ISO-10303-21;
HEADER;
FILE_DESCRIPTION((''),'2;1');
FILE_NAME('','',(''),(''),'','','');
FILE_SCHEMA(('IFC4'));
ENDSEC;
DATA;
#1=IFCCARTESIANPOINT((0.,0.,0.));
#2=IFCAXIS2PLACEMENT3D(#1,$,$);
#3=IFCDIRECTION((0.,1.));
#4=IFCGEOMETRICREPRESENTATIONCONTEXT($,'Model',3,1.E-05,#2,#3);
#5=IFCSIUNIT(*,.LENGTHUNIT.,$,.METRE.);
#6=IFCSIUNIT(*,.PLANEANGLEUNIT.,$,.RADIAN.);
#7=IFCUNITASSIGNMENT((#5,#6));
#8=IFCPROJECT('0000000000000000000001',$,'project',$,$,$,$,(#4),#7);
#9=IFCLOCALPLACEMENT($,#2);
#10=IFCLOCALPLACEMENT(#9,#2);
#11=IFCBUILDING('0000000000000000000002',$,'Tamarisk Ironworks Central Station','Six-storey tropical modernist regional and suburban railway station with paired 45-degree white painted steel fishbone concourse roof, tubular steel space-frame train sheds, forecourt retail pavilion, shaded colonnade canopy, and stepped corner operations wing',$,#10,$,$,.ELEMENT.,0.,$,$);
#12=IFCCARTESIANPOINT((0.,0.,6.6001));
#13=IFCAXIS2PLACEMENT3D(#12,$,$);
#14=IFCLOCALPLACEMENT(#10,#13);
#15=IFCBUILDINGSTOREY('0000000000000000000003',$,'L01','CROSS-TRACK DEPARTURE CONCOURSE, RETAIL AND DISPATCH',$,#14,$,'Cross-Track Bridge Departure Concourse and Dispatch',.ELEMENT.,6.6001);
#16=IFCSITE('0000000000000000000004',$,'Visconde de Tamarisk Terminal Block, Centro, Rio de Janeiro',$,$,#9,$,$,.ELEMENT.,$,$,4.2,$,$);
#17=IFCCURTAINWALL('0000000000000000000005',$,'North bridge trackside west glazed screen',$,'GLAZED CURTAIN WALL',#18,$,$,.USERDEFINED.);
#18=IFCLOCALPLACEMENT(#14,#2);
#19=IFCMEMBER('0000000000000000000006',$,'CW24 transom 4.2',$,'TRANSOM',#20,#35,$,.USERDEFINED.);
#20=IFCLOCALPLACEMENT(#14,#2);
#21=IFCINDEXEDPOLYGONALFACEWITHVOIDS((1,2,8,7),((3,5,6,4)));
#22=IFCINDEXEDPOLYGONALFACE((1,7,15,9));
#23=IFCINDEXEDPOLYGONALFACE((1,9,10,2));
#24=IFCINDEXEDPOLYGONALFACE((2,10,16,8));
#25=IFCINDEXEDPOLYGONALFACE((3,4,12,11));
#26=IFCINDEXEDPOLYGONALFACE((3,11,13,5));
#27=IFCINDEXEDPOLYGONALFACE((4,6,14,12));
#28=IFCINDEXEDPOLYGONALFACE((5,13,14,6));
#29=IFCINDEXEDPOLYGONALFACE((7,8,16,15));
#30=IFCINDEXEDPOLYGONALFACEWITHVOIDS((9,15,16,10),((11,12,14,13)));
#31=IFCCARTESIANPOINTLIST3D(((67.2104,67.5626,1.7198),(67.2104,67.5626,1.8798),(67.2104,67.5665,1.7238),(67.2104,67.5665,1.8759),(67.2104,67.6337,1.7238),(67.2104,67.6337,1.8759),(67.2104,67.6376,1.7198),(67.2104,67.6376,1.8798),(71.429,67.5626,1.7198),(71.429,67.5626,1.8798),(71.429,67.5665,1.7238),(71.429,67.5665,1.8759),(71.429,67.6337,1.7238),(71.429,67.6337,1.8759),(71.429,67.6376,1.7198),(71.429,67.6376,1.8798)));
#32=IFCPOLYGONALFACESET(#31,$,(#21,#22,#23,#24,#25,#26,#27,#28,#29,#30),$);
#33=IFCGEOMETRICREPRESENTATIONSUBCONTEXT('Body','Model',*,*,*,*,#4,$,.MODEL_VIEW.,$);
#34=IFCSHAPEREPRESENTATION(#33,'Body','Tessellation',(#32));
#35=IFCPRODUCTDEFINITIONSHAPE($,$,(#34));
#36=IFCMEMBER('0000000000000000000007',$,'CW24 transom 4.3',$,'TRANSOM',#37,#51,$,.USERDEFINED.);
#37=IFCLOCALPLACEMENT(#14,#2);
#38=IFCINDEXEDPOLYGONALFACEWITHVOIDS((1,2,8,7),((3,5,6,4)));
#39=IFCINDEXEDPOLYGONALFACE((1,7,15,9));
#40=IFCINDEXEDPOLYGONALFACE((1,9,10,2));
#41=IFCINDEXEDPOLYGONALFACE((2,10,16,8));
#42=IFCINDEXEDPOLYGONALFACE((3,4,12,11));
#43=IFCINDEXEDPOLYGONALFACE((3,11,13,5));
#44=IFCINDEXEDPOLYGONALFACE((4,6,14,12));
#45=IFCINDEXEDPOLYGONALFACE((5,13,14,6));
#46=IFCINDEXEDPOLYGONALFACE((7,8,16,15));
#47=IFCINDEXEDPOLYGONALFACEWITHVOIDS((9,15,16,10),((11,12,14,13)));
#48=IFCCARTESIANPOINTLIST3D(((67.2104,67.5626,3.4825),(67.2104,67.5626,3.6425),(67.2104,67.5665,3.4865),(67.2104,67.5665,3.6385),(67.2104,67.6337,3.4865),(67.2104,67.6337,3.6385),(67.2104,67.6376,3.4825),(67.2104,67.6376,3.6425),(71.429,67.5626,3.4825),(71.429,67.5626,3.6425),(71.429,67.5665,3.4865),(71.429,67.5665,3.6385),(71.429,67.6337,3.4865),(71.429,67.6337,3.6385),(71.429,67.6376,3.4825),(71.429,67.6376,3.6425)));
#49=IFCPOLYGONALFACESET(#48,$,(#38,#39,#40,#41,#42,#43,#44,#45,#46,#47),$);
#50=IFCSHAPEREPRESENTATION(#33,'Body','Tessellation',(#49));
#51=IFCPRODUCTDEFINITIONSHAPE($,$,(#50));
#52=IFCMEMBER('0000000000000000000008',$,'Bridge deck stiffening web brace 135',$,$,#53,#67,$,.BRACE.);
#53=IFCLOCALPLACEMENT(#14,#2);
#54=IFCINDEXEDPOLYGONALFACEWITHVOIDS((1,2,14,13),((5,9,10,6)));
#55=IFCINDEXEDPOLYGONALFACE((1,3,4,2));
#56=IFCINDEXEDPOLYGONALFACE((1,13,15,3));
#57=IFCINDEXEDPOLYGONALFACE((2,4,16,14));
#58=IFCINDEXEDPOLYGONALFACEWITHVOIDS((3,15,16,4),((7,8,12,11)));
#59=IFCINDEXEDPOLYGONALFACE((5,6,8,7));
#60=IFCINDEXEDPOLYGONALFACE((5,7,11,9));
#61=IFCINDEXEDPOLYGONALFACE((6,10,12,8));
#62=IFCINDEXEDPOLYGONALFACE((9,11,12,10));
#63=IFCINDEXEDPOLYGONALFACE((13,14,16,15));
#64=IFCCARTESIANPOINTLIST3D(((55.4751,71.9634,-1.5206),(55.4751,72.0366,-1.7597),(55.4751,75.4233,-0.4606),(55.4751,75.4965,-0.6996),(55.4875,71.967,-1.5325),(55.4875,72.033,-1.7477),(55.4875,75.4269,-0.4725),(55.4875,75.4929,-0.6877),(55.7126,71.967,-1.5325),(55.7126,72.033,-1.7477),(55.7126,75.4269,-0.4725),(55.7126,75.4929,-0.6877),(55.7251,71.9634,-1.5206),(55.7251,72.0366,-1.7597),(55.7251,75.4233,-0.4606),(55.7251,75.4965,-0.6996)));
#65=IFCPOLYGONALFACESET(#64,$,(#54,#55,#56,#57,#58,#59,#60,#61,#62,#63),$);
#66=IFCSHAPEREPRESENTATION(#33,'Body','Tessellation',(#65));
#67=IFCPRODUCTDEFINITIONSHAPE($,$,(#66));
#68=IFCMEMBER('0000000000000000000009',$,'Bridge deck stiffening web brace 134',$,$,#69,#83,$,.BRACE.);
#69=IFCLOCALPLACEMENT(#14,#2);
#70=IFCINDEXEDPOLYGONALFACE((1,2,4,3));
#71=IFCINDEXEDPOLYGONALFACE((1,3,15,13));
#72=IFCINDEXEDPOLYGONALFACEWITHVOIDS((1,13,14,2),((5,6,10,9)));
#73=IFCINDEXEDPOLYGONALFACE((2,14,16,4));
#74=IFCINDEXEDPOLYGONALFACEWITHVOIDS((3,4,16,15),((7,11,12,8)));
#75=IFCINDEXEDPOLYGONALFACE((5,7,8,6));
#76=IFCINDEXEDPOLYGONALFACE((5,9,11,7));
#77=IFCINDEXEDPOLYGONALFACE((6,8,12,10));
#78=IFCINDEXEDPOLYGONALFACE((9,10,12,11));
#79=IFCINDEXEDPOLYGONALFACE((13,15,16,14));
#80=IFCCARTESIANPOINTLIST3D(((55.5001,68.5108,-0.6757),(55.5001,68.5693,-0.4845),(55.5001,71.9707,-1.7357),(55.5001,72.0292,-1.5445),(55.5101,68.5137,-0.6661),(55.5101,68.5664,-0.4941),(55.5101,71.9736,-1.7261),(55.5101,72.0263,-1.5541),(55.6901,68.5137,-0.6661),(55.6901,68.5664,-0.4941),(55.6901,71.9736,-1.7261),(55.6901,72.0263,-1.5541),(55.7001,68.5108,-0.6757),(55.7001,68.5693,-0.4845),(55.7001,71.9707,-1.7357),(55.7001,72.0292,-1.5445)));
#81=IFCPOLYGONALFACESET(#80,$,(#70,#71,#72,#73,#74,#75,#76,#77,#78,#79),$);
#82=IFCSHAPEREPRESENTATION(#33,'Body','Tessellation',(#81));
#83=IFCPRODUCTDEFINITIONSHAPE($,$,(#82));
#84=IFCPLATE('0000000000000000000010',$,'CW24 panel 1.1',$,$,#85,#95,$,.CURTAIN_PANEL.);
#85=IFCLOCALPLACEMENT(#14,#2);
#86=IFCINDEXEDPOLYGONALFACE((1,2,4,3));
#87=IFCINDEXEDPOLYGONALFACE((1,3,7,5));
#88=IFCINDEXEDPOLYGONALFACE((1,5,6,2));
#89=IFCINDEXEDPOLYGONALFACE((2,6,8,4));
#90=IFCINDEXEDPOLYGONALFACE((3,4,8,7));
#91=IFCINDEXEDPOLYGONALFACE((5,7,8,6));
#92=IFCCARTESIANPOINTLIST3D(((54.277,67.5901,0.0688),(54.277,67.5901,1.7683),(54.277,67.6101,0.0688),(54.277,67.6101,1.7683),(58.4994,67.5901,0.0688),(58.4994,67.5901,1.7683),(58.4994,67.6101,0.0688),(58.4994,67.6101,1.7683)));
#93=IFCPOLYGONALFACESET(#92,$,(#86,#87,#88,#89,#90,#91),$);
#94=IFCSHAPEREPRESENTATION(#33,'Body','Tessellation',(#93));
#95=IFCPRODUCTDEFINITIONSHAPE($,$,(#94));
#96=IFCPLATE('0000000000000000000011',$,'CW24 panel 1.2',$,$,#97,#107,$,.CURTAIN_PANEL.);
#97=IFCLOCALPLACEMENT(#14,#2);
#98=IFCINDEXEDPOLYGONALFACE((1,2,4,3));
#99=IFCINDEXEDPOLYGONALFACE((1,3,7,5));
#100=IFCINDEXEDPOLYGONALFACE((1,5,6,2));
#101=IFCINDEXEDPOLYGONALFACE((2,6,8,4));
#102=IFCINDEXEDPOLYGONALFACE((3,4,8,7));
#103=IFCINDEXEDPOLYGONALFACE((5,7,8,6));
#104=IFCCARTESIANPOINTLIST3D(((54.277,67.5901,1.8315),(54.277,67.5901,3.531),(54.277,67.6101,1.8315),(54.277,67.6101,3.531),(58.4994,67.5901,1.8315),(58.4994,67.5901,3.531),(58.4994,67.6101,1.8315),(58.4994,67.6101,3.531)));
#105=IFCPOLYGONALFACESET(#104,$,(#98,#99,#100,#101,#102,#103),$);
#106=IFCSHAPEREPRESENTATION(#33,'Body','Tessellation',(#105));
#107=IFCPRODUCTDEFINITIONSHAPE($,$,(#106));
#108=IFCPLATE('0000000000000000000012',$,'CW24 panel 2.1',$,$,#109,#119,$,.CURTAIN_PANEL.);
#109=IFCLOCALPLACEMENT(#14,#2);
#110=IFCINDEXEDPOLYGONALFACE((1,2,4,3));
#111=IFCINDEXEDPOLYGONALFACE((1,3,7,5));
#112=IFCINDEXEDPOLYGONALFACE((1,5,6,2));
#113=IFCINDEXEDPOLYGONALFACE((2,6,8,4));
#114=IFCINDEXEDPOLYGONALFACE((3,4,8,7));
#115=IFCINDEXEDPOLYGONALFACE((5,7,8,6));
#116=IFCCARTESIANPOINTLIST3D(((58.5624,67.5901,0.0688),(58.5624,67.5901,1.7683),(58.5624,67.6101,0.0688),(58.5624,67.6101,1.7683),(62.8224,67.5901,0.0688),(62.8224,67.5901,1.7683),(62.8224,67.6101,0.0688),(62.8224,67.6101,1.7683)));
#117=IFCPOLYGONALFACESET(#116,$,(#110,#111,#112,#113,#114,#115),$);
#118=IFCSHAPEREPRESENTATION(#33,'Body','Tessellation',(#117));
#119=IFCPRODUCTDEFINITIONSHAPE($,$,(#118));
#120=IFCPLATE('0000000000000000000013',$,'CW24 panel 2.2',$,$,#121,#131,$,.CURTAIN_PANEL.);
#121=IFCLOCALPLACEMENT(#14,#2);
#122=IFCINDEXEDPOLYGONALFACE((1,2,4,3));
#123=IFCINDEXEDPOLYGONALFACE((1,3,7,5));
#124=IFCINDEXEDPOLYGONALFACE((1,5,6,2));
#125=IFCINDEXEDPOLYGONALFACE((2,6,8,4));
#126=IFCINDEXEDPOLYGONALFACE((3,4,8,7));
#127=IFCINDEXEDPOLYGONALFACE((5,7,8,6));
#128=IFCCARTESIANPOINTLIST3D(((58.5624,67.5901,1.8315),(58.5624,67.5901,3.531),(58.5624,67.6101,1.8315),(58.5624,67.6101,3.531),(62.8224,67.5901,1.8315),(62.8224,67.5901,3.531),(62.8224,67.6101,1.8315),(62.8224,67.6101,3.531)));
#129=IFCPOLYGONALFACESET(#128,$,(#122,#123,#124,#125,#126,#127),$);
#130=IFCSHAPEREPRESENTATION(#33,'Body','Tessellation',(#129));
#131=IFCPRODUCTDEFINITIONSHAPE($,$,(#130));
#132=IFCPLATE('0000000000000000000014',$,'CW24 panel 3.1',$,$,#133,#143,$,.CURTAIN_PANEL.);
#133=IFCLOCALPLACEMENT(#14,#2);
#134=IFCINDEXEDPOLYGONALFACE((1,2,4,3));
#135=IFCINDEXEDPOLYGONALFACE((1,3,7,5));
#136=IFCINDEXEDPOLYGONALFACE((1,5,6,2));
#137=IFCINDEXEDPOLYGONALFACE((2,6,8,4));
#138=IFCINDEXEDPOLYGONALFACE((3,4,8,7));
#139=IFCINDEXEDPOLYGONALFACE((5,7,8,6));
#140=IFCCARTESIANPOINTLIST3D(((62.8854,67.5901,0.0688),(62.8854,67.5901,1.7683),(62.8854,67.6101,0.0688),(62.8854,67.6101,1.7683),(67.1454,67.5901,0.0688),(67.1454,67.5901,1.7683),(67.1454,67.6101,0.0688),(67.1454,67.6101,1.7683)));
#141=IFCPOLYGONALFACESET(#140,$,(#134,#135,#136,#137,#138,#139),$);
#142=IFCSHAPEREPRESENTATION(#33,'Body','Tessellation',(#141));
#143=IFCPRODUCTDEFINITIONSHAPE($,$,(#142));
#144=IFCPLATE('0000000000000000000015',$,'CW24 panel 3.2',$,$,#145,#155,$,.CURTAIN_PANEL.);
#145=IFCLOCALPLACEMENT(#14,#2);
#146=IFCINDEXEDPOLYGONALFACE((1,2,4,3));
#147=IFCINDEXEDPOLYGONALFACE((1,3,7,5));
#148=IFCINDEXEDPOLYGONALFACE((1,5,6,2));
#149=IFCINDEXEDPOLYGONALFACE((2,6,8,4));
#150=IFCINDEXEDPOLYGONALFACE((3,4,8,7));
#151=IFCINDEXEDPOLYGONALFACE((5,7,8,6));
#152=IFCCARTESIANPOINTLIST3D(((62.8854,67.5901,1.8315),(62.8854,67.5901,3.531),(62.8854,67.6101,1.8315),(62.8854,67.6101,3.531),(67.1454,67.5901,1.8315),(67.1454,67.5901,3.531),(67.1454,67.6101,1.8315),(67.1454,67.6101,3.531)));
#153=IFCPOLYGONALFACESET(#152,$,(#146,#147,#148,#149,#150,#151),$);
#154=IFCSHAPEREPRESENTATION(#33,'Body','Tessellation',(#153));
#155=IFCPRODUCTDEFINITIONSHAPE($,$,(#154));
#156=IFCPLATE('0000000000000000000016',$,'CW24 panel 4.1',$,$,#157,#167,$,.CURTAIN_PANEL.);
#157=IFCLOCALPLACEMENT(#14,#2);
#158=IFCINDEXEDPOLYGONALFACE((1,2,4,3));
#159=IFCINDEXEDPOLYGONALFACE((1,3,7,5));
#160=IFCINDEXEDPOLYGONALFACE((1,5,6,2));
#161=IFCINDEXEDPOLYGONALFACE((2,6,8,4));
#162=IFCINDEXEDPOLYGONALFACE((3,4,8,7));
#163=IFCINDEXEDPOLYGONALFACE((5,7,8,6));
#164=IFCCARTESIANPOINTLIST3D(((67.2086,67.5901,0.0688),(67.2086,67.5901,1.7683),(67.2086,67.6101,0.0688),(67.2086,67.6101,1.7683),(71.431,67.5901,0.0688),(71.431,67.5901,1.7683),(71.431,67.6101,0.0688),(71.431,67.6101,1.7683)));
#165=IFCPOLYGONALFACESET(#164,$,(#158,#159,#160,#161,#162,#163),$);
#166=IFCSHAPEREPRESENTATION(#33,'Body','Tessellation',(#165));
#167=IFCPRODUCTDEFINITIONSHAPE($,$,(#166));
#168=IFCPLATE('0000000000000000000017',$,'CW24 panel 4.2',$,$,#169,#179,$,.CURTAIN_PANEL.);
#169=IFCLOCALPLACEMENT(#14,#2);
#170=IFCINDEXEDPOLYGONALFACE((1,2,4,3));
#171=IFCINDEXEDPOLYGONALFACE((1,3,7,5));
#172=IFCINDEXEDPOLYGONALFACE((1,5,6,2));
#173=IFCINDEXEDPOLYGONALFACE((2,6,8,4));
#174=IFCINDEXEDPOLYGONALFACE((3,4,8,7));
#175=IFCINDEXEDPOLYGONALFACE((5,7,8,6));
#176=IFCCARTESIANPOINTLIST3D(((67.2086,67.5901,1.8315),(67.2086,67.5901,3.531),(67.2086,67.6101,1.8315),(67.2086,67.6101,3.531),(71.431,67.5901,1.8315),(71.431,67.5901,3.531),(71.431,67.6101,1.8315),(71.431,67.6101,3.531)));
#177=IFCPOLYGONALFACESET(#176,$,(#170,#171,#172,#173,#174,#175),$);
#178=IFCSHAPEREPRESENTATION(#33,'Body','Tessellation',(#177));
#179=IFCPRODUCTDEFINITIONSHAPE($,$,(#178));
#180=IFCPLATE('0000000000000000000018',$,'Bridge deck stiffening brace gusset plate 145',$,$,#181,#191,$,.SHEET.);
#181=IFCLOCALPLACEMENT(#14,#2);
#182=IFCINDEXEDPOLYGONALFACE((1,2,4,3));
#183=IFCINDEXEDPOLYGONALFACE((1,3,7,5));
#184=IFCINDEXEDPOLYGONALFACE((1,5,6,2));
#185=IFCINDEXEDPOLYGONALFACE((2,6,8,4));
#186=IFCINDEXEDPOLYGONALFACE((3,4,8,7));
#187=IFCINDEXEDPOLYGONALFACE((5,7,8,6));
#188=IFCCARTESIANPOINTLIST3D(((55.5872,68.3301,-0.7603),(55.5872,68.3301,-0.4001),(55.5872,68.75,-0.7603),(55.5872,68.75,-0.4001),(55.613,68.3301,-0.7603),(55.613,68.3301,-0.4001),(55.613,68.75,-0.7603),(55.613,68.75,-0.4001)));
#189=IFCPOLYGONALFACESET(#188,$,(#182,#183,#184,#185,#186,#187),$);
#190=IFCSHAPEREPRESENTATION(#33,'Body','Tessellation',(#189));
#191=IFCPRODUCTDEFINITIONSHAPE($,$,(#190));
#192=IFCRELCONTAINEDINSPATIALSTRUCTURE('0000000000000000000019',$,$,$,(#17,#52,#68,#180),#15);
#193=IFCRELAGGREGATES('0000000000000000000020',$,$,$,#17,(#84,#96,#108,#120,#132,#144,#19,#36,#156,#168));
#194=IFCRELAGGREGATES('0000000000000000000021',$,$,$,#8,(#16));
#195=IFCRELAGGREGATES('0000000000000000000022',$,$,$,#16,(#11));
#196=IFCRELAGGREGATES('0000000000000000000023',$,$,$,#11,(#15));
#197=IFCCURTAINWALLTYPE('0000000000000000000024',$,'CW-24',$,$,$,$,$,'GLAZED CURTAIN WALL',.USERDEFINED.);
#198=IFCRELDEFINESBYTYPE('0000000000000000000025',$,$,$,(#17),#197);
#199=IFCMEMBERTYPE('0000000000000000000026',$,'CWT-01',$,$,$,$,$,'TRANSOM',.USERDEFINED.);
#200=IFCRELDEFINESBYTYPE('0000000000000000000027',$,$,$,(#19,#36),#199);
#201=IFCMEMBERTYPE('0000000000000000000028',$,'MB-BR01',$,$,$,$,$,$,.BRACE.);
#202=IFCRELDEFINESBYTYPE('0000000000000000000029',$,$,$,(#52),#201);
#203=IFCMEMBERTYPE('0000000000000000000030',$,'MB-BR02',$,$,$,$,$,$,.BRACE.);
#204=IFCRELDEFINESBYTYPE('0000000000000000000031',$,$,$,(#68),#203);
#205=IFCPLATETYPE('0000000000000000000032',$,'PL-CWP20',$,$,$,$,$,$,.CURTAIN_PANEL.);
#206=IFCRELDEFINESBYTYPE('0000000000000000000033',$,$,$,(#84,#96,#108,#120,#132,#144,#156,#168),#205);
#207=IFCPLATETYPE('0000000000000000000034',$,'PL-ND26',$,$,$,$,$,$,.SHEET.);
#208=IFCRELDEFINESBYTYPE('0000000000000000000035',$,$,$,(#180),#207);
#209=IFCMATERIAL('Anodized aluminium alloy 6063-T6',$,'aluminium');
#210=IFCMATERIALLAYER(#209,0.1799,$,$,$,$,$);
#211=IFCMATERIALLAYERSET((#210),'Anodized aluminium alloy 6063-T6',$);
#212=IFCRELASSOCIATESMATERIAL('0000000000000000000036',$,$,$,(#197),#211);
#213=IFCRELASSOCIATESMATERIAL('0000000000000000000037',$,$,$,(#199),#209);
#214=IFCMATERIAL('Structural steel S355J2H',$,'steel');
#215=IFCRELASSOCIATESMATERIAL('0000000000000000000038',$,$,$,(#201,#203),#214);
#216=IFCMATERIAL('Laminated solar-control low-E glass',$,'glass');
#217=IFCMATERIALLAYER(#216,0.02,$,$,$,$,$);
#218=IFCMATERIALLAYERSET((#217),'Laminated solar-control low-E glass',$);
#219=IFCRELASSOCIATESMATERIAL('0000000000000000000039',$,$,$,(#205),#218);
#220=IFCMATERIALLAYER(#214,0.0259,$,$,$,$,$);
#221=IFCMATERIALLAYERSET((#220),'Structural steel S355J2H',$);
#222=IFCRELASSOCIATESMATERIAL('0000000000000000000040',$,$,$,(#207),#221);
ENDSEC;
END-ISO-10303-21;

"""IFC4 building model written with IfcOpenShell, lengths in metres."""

from ifc_helpers import new_model, si_unit, direction, frame, origin, origin_2d, place, context, subcontext, project, spatial, rectangle, hollow_rectangle, extrude, material, layer, layer_set, material_profile, profile_set, type_object, element, aggregate, save


model = new_model("IFC4")

# Units and contexts
model_context = context("Model", 3, precision=1e-05, world=origin(), true_north=direction((0.0, 1.0)))
body_context = subcontext(model_context, "Body", "Model", "MODEL_VIEW")
ifc_project = project(units=[si_unit("LENGTHUNIT", "METRE"), si_unit("PLANEANGLEUNIT", "RADIAN")], contexts=[model_context])

# Site, building, storey
site_placement = place(None, origin())
site = spatial("IfcSite", under=ifc_project, at=site_placement, Name="Visconde de Tamarisk Terminal Block, Centro, Rio de Janeiro", CompositionType="ELEMENT", RefElevation=4.2)
building_placement = place(site_placement, origin())
building = spatial("IfcBuilding", under=site, at=building_placement, Name="Tamarisk Ironworks Central Station", Description="Six-storey tropical modernist regional and suburban railway station with paired 45-degree white painted steel fishbone concourse roof, tubular steel space-frame train sheds, forecourt retail pavilion, shaded colonnade canopy, and stepped corner operations wing", CompositionType="ELEMENT", ElevationOfRefHeight=0.0)
storey_placement = place(building_placement, frame((0.0, 0.0, 6.6001)))
storey = spatial("IfcBuildingStorey", under=building, at=storey_placement, Name="L01", Description="CROSS-TRACK DEPARTURE CONCOURSE, RETAIL AND DISPATCH", LongName="Cross-Track Bridge Departure Concourse and Dispatch", CompositionType="ELEMENT", Elevation=6.6001)

# Curtain wall, members
ifc_material_1 = material(Name="Anodized aluminium alloy 6063-T6", Category="aluminium")
ifc_layer_1 = layer(ifc_material_1, 0.1799)
ifc_layer_set_1 = layer_set([ifc_layer_1], Name="Anodized aluminium alloy 6063-T6")
curtain_wall_type = type_object("IfcCurtainWallType", Name="CW-24", ElementType="GLAZED CURTAIN WALL", PredefinedType="USERDEFINED", material=ifc_layer_set_1)
curtain_wall_placement = place(storey_placement, origin())
curtain_wall = element("IfcCurtainWall", 1, at=curtain_wall_placement, inside=storey, type_object=curtain_wall_type, Name="North bridge trackside west glazed screen", ObjectType="GLAZED CURTAIN WALL", PredefinedType="USERDEFINED")
ifc_material_profile_1 = material_profile(ifc_material_1, hollow_rectangle(XDim=0.075, YDim=0.1599, WallThickness=0.0039, at=origin_2d()), Name="ALUM 160x75")
ifc_profile_set_1 = profile_set([ifc_material_profile_1], Name="Anodized aluminium alloy 6063-T6")
member_type_1 = type_object("IfcMemberType", Name="CWT-01", ElementType="TRANSOM", PredefinedType="USERDEFINED", material=ifc_profile_set_1)
member_1_placement = place(storey_placement, frame((67.2104, 67.6001, 1.7998), z_axis=(1.0, 0.0, 0.0), x_axis=(0.0, 1.0, 0.0)))
member_1 = element("IfcMember", 2, at=member_1_placement, type_object=member_type_1, Name="CW24 transom 4.2", ObjectType="TRANSOM", PredefinedType="USERDEFINED", context=body_context, shape_type="SweptSolid", body=[
    extrude(hollow_rectangle(XDim=0.075, YDim=0.1599, WallThickness=0.0039, at=origin_2d()), origin(), (0.0, 0.0, 1.0), 4.2185),
])
member_2_placement = place(storey_placement, frame((67.2104, 67.6001, 3.5625), z_axis=(1.0, 0.0, 0.0), x_axis=(0.0, 1.0, 0.0)))
member_2 = element("IfcMember", 3, at=member_2_placement, type_object=member_type_1, Name="CW24 transom 4.3", ObjectType="TRANSOM", PredefinedType="USERDEFINED", context=body_context, shape_type="SweptSolid", body=[
    extrude(hollow_rectangle(XDim=0.075, YDim=0.1599, WallThickness=0.0039, at=origin_2d()), origin(), (0.0, 0.0, 1.0), 4.2185),
])

# Members
ifc_material_2 = material(Name="Structural steel S355J2H", Category="steel")
ifc_material_profile_2 = material_profile(ifc_material_2, hollow_rectangle(XDim=0.25, YDim=0.25, WallThickness=0.0125, at=origin_2d()), Name="SHS 250x250x12.5")
ifc_profile_set_2 = profile_set([ifc_material_profile_2], Name="Structural steel S355J2H")
member_type_2 = type_object("IfcMemberType", Name="MB-BR01", PredefinedType="BRACE", material=ifc_profile_set_2)
member_3_placement = place(storey_placement, frame((55.6001, 72.0, -1.6401), z_axis=(0.0, 0.956131, 0.292938), x_axis=(-1.0, 0.0, 0.0)))
element("IfcMember", 4, at=member_3_placement, inside=storey, type_object=member_type_2, Name="Bridge deck stiffening web brace 135", PredefinedType="BRACE", context=body_context, shape_type="SweptSolid", body=[
    extrude(hollow_rectangle(XDim=0.25, YDim=0.25, WallThickness=0.0125, at=origin_2d()), origin(), (0.0, 0.0, 1.0), 3.6187),
])
ifc_material_profile_3 = material_profile(ifc_material_2, hollow_rectangle(XDim=0.2, YDim=0.2, WallThickness=0.01, at=origin_2d()), Name="SHS 200x200x10")
ifc_profile_set_3 = profile_set([ifc_material_profile_3], Name="Structural steel S355J2H")
member_type_3 = type_object("IfcMemberType", Name="MB-BR02", PredefinedType="BRACE", material=ifc_profile_set_3)
member_4_placement = place(storey_placement, frame((55.6001, 68.54, -0.5801), z_axis=(0.0, 0.956131, -0.292938), x_axis=(-1.0, 0.0, 0.0)))
element("IfcMember", 5, at=member_4_placement, inside=storey, type_object=member_type_3, Name="Bridge deck stiffening web brace 134", PredefinedType="BRACE", context=body_context, shape_type="SweptSolid", body=[
    extrude(hollow_rectangle(XDim=0.2, YDim=0.2, WallThickness=0.01, at=origin_2d()), origin(), (0.0, 0.0, 1.0), 3.6187),
])

# Plates
ifc_material_3 = material(Name="Laminated solar-control low-E glass", Category="glass")
ifc_layer_2 = layer(ifc_material_3, 0.02)
ifc_layer_set_2 = layer_set([ifc_layer_2], Name="Laminated solar-control low-E glass")
plate_type_1 = type_object("IfcPlateType", Name="PL-CWP20", PredefinedType="CURTAIN_PANEL", material=ifc_layer_set_2)
plate_1_placement = place(storey_placement, frame((56.3882, 67.6001, 0.0688), z_axis=(0.0, 0.0, 1.0), x_axis=(1.0, 0.0, 0.0)))
plate_1 = element("IfcPlate", 6, at=plate_1_placement, type_object=plate_type_1, Name="CW24 panel 1.1", PredefinedType="CURTAIN_PANEL", context=body_context, shape_type="SweptSolid", body=[
    extrude(rectangle(XDim=4.2224, YDim=0.02, at=origin_2d()), origin(), (0.0, 0.0, 1.0), 1.6995),
])
plate_2_placement = place(storey_placement, frame((56.3882, 67.6001, 1.8315), z_axis=(0.0, 0.0, 1.0), x_axis=(1.0, 0.0, 0.0)))
plate_2 = element("IfcPlate", 7, at=plate_2_placement, type_object=plate_type_1, Name="CW24 panel 1.2", PredefinedType="CURTAIN_PANEL", context=body_context, shape_type="SweptSolid", body=[
    extrude(rectangle(XDim=4.2224, YDim=0.02, at=origin_2d()), origin(), (0.0, 0.0, 1.0), 1.6995),
])
plate_3_placement = place(storey_placement, frame((60.6924, 67.6001, 0.0688), z_axis=(0.0, 0.0, 1.0), x_axis=(1.0, 0.0, 0.0)))
plate_3 = element("IfcPlate", 8, at=plate_3_placement, type_object=plate_type_1, Name="CW24 panel 2.1", PredefinedType="CURTAIN_PANEL", context=body_context, shape_type="SweptSolid", body=[
    extrude(rectangle(XDim=4.26, YDim=0.02, at=origin_2d()), origin(), (0.0, 0.0, 1.0), 1.6995),
])
plate_4_placement = place(storey_placement, frame((60.6924, 67.6001, 1.8315), z_axis=(0.0, 0.0, 1.0), x_axis=(1.0, 0.0, 0.0)))
plate_4 = element("IfcPlate", 9, at=plate_4_placement, type_object=plate_type_1, Name="CW24 panel 2.2", PredefinedType="CURTAIN_PANEL", context=body_context, shape_type="SweptSolid", body=[
    extrude(rectangle(XDim=4.26, YDim=0.02, at=origin_2d()), origin(), (0.0, 0.0, 1.0), 1.6995),
])
plate_5_placement = place(storey_placement, frame((65.0154, 67.6001, 0.0688), z_axis=(0.0, 0.0, 1.0), x_axis=(1.0, 0.0, 0.0)))
plate_5 = element("IfcPlate", 10, at=plate_5_placement, type_object=plate_type_1, Name="CW24 panel 3.1", PredefinedType="CURTAIN_PANEL", context=body_context, shape_type="SweptSolid", body=[
    extrude(rectangle(XDim=4.26, YDim=0.02, at=origin_2d()), origin(), (0.0, 0.0, 1.0), 1.6995),
])
plate_6_placement = place(storey_placement, frame((65.0154, 67.6001, 1.8315), z_axis=(0.0, 0.0, 1.0), x_axis=(1.0, 0.0, 0.0)))
plate_6 = element("IfcPlate", 11, at=plate_6_placement, type_object=plate_type_1, Name="CW24 panel 3.2", PredefinedType="CURTAIN_PANEL", context=body_context, shape_type="SweptSolid", body=[
    extrude(rectangle(XDim=4.26, YDim=0.02, at=origin_2d()), origin(), (0.0, 0.0, 1.0), 1.6995),
])
plate_7_placement = place(storey_placement, frame((69.3198, 67.6001, 0.0688), z_axis=(0.0, 0.0, 1.0), x_axis=(1.0, 0.0, 0.0)))
plate_7 = element("IfcPlate", 12, at=plate_7_placement, type_object=plate_type_1, Name="CW24 panel 4.1", PredefinedType="CURTAIN_PANEL", context=body_context, shape_type="SweptSolid", body=[
    extrude(rectangle(XDim=4.2224, YDim=0.02, at=origin_2d()), origin(), (0.0, 0.0, 1.0), 1.6995),
])
plate_8_placement = place(storey_placement, frame((69.3198, 67.6001, 1.8315), z_axis=(0.0, 0.0, 1.0), x_axis=(1.0, 0.0, 0.0)))
plate_8 = element("IfcPlate", 13, at=plate_8_placement, type_object=plate_type_1, Name="CW24 panel 4.2", PredefinedType="CURTAIN_PANEL", context=body_context, shape_type="SweptSolid", body=[
    extrude(rectangle(XDim=4.2224, YDim=0.02, at=origin_2d()), origin(), (0.0, 0.0, 1.0), 1.6995),
])
aggregate(curtain_wall, [plate_1, plate_2, plate_3, plate_4, plate_5, plate_6, member_1, member_2, plate_7, plate_8])

# Plate
ifc_layer_3 = layer(ifc_material_2, 0.0259)
ifc_layer_set_3 = layer_set([ifc_layer_3], Name="Structural steel S355J2H")
plate_type_2 = type_object("IfcPlateType", Name="PL-ND26", PredefinedType="SHEET", material=ifc_layer_set_3)
for number, where, z_axis, x_axis, name in (
    (14, (55.6001, 68.54, -0.7603), (0.0, 0.0, 1.0), (1.0, 0.0, 0.0), "Bridge deck stiffening brace gusset plate 145"),
):
    element("IfcPlate", number, at=place(storey_placement, frame(where, z_axis=z_axis, x_axis=x_axis)), inside=storey, type_object=plate_type_2, Name=name, PredefinedType="SHEET", context=body_context, shape_type="SweptSolid", body=[
        extrude(rectangle(XDim=0.0259, YDim=0.4199, at=origin_2d()), origin(), (0.0, 0.0, 1.0), 0.3601),
    ])

save(model, "model.ifc")
